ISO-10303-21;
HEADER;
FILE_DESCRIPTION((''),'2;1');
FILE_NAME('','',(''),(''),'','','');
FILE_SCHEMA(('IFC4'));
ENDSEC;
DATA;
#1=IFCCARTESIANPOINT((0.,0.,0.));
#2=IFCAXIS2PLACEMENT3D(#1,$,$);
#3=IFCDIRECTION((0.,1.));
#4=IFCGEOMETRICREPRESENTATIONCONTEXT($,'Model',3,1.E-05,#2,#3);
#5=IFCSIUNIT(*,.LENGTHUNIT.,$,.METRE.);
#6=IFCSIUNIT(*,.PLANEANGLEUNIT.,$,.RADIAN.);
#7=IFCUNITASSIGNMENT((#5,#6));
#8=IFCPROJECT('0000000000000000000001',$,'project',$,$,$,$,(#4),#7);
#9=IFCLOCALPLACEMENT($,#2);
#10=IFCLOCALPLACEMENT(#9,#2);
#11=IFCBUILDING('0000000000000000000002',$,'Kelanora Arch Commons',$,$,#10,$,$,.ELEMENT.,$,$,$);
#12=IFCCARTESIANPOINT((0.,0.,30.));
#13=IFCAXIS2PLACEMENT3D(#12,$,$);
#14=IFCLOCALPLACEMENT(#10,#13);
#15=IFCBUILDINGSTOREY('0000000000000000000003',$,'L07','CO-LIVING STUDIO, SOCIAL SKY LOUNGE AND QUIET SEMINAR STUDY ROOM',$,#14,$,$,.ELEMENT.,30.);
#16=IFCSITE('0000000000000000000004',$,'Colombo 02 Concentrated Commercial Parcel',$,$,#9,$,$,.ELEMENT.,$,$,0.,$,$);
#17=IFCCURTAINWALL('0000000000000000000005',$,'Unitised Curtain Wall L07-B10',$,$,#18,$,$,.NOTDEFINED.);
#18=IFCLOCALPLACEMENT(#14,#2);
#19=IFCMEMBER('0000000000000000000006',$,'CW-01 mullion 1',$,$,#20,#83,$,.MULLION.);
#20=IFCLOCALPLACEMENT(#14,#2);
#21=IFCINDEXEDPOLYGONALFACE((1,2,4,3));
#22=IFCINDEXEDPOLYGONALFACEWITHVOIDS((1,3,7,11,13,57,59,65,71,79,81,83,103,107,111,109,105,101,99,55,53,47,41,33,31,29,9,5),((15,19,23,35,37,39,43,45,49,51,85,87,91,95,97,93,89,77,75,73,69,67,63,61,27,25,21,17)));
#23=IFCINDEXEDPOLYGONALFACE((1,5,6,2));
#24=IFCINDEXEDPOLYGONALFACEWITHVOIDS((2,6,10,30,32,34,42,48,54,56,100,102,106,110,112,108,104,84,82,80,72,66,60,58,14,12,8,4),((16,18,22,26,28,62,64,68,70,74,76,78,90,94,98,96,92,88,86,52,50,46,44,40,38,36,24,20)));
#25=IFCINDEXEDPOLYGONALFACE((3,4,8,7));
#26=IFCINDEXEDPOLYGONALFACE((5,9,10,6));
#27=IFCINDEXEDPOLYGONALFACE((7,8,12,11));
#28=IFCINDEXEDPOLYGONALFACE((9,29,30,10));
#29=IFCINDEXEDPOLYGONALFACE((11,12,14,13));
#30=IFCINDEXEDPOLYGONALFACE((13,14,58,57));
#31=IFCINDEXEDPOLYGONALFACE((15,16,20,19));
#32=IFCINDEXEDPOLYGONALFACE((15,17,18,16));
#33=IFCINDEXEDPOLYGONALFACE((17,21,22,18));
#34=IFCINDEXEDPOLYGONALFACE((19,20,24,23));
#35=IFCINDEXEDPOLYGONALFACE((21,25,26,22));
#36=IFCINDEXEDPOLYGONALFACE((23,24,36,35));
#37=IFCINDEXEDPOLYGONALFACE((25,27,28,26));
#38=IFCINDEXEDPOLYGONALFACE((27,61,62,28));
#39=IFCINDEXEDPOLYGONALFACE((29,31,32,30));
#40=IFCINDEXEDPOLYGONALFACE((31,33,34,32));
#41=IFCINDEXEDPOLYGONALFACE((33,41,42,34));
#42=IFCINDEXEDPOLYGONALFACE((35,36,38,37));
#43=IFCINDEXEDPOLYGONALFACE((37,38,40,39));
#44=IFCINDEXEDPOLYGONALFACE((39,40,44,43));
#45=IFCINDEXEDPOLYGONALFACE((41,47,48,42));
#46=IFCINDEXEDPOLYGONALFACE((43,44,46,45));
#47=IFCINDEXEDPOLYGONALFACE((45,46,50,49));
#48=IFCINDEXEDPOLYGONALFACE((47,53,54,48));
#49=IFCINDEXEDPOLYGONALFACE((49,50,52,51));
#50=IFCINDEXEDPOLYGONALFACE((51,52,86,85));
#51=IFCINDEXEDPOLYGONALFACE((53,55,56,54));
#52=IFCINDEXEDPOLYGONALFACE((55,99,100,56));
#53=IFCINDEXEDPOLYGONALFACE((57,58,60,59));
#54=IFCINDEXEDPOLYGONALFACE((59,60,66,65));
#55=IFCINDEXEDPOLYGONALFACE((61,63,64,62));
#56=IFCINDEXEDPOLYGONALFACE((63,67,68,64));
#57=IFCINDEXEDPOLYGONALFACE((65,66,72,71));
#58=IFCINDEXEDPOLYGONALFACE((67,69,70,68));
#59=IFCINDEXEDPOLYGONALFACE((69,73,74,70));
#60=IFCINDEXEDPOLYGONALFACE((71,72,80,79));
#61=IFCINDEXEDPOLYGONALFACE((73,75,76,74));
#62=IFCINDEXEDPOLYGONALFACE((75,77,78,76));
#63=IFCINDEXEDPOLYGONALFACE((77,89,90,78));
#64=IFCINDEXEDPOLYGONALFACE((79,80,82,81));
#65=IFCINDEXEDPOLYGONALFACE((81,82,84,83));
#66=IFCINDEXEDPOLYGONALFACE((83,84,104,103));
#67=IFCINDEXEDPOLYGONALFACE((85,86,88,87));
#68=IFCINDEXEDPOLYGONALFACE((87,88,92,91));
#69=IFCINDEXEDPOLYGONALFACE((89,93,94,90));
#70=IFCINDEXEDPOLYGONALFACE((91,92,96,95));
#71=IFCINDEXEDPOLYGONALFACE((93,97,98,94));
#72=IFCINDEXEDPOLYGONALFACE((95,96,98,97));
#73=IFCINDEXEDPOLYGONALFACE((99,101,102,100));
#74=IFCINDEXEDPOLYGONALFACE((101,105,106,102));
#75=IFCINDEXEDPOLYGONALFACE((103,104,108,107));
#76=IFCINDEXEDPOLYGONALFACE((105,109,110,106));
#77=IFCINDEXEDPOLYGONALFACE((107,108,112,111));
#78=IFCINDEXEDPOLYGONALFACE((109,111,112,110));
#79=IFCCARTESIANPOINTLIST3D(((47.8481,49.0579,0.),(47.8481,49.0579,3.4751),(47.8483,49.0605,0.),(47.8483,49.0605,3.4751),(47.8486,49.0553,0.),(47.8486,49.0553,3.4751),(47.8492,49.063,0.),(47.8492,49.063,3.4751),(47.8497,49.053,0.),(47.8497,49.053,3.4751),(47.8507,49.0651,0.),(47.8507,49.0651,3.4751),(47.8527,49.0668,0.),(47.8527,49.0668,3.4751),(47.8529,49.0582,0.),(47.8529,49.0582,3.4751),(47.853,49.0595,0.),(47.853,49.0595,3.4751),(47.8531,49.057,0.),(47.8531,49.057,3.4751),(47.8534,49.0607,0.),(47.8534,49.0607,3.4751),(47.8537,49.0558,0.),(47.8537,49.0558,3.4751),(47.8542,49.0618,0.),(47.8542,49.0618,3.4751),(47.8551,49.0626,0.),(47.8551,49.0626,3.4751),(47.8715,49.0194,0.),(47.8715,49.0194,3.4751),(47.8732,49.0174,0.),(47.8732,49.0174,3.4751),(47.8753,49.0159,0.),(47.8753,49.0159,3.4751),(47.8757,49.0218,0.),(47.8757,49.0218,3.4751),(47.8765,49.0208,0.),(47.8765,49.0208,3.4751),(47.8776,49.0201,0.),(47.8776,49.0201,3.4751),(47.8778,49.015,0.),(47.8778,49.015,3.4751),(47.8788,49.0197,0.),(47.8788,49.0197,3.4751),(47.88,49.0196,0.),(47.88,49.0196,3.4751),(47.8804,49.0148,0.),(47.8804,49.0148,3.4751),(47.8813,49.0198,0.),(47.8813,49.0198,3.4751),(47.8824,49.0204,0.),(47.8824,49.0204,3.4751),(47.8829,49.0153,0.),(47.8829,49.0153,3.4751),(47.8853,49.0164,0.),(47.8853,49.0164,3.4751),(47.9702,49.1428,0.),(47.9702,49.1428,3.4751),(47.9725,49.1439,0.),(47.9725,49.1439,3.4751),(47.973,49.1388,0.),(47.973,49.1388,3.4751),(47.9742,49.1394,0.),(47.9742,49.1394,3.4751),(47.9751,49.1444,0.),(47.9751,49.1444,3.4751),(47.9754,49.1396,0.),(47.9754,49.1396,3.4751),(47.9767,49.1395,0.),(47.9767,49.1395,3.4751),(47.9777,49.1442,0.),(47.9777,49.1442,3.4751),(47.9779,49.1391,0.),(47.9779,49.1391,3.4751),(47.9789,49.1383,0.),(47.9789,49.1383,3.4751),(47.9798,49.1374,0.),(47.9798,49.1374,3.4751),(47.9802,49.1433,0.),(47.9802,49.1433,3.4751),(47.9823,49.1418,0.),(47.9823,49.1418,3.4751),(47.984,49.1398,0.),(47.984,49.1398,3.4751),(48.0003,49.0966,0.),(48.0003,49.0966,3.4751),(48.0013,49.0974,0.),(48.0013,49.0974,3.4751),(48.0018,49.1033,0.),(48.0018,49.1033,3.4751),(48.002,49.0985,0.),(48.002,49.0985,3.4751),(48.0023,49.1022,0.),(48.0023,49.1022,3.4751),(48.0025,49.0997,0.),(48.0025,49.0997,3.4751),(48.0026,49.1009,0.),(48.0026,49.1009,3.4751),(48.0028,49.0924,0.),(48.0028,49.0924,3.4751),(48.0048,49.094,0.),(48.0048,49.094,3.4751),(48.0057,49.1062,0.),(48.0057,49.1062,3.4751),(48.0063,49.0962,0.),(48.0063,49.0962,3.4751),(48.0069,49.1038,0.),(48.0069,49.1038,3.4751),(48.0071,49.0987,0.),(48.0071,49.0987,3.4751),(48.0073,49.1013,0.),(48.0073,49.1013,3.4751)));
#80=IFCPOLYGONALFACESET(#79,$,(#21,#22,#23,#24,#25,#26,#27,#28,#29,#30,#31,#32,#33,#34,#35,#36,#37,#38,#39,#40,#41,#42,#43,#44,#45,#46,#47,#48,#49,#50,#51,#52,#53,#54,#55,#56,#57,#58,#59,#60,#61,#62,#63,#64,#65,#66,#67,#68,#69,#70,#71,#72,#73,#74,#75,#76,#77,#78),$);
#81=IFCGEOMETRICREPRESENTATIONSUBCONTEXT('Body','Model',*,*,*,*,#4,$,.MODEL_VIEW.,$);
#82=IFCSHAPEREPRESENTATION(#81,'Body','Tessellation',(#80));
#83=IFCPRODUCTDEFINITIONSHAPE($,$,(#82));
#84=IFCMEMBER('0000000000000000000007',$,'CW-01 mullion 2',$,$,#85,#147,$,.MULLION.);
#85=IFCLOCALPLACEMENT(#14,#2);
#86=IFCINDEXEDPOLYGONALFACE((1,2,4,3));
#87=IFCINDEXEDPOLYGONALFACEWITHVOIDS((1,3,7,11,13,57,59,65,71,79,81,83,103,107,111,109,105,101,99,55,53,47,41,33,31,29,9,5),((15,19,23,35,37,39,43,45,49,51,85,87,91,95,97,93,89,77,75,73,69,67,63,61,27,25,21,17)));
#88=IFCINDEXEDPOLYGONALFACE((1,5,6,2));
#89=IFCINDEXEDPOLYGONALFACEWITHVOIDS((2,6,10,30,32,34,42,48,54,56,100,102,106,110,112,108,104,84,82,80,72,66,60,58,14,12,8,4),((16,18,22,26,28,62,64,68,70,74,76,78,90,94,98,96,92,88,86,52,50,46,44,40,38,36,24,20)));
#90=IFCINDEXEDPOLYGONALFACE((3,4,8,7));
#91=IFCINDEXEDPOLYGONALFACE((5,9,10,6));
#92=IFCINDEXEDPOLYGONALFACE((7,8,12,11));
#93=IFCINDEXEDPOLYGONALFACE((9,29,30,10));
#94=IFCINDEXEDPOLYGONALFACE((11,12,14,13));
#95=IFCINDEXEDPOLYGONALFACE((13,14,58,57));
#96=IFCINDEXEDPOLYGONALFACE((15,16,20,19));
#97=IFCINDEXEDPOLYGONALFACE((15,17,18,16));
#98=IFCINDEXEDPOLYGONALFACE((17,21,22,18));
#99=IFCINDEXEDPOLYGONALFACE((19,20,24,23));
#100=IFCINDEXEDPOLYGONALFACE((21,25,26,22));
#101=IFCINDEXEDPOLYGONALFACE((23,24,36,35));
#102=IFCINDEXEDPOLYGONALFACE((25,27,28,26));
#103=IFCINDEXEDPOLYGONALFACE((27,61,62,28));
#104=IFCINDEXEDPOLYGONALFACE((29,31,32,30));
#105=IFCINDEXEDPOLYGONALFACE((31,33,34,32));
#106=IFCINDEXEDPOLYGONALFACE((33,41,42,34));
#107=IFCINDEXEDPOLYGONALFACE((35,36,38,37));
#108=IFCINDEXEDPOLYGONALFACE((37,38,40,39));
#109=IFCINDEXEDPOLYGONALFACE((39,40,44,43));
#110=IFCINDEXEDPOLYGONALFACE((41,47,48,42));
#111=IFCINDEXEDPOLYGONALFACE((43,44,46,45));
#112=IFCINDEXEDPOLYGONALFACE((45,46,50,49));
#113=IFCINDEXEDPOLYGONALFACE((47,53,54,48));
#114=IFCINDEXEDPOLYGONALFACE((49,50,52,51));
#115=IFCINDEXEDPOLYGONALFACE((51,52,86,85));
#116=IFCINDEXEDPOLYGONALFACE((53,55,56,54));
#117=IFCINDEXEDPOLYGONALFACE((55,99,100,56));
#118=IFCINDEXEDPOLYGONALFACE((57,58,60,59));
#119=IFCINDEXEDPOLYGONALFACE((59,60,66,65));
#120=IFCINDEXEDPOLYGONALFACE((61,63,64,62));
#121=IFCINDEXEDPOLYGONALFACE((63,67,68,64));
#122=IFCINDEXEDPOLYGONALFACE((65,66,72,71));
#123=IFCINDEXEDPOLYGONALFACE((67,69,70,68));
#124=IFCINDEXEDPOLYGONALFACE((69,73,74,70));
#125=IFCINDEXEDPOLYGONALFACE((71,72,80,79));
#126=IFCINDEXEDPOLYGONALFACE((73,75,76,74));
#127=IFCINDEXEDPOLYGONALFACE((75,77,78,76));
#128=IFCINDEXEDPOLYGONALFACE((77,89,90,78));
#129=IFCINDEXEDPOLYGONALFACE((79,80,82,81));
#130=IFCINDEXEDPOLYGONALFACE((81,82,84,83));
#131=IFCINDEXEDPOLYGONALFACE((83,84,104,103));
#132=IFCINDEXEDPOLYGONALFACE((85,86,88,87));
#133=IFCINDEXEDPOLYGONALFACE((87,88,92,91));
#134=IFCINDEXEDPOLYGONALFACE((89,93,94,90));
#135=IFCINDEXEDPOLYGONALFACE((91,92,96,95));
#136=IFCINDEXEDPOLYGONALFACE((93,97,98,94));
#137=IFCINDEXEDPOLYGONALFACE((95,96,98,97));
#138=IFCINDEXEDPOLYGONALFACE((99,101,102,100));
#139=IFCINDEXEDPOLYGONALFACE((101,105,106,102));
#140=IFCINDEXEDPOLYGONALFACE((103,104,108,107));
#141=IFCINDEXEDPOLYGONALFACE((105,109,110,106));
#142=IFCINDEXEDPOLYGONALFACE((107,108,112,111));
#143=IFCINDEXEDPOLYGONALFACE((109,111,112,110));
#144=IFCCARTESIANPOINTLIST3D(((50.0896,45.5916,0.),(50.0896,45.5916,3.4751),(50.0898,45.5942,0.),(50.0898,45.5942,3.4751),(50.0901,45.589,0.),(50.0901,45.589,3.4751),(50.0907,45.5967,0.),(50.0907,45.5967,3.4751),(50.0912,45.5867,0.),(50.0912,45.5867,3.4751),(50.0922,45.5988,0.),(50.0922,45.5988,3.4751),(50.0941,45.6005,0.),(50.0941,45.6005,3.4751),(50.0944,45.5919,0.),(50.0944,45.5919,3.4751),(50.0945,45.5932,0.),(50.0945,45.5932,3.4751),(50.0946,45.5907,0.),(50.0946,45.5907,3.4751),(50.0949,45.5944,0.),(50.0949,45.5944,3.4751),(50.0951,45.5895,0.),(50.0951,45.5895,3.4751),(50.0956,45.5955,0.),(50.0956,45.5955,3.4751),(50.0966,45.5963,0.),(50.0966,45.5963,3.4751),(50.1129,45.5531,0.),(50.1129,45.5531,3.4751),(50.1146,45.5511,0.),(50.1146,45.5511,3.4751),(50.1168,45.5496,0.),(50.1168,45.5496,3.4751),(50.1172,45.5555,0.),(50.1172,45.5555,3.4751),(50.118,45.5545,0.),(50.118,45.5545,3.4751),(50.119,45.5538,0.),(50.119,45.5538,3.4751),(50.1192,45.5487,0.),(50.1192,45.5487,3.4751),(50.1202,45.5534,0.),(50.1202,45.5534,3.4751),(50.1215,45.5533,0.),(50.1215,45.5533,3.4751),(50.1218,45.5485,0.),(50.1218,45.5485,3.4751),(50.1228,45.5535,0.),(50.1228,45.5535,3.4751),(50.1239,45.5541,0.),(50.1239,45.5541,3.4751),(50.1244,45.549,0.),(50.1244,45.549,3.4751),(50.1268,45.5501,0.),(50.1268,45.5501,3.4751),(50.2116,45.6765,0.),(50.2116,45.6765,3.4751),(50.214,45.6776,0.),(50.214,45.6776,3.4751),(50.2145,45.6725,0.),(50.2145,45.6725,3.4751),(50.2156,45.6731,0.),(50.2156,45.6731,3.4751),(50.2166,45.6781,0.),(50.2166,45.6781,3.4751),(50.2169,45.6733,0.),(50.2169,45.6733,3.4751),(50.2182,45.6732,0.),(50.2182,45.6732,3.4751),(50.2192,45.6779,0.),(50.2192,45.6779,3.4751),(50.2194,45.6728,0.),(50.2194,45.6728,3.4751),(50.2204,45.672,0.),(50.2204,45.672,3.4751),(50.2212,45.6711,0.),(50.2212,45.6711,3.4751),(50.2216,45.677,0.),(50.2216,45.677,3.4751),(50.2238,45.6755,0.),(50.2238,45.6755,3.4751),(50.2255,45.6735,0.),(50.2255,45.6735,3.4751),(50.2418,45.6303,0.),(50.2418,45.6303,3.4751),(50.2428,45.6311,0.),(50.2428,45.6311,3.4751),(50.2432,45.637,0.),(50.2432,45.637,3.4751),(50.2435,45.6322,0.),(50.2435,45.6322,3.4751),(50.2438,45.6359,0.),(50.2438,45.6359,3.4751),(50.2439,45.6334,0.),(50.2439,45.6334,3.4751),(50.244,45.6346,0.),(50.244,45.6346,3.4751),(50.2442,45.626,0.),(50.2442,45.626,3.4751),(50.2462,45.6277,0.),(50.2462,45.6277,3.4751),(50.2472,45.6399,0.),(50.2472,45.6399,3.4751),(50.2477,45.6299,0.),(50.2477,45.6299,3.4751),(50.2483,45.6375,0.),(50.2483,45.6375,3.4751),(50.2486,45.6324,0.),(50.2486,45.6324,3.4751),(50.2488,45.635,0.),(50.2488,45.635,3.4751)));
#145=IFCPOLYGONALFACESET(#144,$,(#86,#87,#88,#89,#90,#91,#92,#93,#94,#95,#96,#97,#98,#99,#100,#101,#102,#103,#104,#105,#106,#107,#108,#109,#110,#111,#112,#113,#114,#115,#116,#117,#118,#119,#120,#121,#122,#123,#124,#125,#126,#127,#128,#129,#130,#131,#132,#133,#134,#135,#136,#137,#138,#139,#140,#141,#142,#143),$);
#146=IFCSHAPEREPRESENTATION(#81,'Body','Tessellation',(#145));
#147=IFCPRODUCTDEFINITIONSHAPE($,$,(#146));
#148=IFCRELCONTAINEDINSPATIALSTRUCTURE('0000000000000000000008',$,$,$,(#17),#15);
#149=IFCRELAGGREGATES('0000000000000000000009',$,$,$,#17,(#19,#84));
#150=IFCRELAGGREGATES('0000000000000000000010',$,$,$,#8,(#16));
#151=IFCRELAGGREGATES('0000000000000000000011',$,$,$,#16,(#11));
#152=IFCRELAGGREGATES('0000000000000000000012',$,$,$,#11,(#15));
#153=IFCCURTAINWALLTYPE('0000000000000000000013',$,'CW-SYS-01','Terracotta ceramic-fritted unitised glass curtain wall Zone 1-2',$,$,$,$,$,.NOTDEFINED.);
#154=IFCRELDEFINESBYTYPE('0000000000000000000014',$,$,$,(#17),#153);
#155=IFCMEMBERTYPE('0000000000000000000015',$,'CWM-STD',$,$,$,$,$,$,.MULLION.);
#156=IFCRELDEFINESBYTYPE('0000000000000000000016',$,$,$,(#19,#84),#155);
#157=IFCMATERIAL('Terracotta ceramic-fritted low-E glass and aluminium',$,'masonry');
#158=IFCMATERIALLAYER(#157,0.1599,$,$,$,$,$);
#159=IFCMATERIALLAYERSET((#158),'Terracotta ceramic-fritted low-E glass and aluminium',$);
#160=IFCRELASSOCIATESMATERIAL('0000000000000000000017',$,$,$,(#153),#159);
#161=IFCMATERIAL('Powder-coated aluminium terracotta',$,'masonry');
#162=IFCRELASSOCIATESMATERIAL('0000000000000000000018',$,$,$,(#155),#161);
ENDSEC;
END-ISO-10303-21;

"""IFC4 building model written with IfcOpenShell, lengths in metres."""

from ifc_helpers import new_model, si_unit, direction, frame, origin, origin_2d, place, context, subcontext, project, spatial, hollow_rectangle, extrude, material, layer, layer_set, material_profile, profile_set, type_object, element, aggregate, save


model = new_model("IFC4")

# Units and contexts
model_context = context("Model", 3, precision=1e-05, world=origin(), true_north=direction((0.0, 1.0)))
body_context = subcontext(model_context, "Body", "Model", "MODEL_VIEW")
ifc_project = project(units=[si_unit("LENGTHUNIT", "METRE"), si_unit("PLANEANGLEUNIT", "RADIAN")], contexts=[model_context])

# Site, building, storey
site_placement = place(None, origin())
site = spatial("IfcSite", under=ifc_project, at=site_placement, Name="Colombo 02 Concentrated Commercial Parcel", CompositionType="ELEMENT", RefElevation=0.0)
building_placement = place(site_placement, origin())
building = spatial("IfcBuilding", under=site, at=building_placement, Name="Kelanora Arch Commons", CompositionType="ELEMENT")
storey_placement = place(building_placement, frame((0.0, 0.0, 30.0)))
storey = spatial("IfcBuildingStorey", under=building, at=storey_placement, Name="L07", Description="CO-LIVING STUDIO, SOCIAL SKY LOUNGE AND QUIET SEMINAR STUDY ROOM", CompositionType="ELEMENT", Elevation=30.0)

# Shared definitions
ifc_material_1 = material(Name="Terracotta ceramic-fritted low-E glass and aluminium", Category="masonry")
ifc_layer_1 = layer(ifc_material_1, 0.1599)
ifc_layer_set_1 = layer_set([ifc_layer_1], Name="Terracotta ceramic-fritted low-E glass and aluminium")
curtain_wall_type = type_object("IfcCurtainWallType", Name="CW-SYS-01", Description="Terracotta ceramic-fritted unitised glass curtain wall Zone 1-2", PredefinedType="NOTDEFINED", material=ifc_layer_set_1)
ifc_material_2 = material(Name="Powder-coated aluminium terracotta", Category="masonry")
ifc_material_profile_1 = material_profile(ifc_material_2, hollow_rectangle(XDim=0.1599, YDim=0.0601, WallThickness=0.0049, InnerFilletRadius=0.0049, OuterFilletRadius=0.01, at=origin_2d()), Name="CWM160x60")
ifc_profile_set_1 = profile_set([ifc_material_profile_1], Name="Powder-coated aluminium terracotta")
member_type_1 = type_object("IfcMemberType", Name="CWM-STD", PredefinedType="MULLION", material=ifc_profile_set_1)

# Curtain wall, members
curtain_wall_1_placement = place(storey_placement, origin())
curtain_wall_1 = element("IfcCurtainWall", 1, at=curtain_wall_1_placement, inside=storey, type_object=curtain_wall_type, Name="Unitised Curtain Wall L07-B10", PredefinedType="NOTDEFINED")
member_1_placement = place(storey_placement, frame((47.9277, 49.0796, 0.0), z_axis=(0.0, 0.0, 1.0), x_axis=(0.83973, 0.543004, 0.0)))
member_1 = element("IfcMember", 2, at=member_1_placement, type_object=member_type_1, Name="CW-01 mullion 1", PredefinedType="MULLION", context=body_context, shape_type="SweptSolid", body=[
    extrude(hollow_rectangle(XDim=0.1599, YDim=0.0601, WallThickness=0.0049, InnerFilletRadius=0.0049, OuterFilletRadius=0.01, at=origin_2d()), origin(), (0.0, 0.0, 1.0), 3.4751),
])
member_2_placement = place(storey_placement, frame((50.1692, 45.6133, 0.0), z_axis=(0.0, 0.0, 1.0), x_axis=(0.83973, 0.543004, 0.0)))
member_2 = element("IfcMember", 3, at=member_2_placement, type_object=member_type_1, Name="CW-01 mullion 2", PredefinedType="MULLION", context=body_context, shape_type="SweptSolid", body=[
    extrude(hollow_rectangle(XDim=0.1599, YDim=0.0601, WallThickness=0.0049, InnerFilletRadius=0.0049, OuterFilletRadius=0.01, at=origin_2d()), origin(), (0.0, 0.0, 1.0), 3.4751),
])

aggregate(curtain_wall_1, [member_1, member_2])

save(model, "model.ifc")
